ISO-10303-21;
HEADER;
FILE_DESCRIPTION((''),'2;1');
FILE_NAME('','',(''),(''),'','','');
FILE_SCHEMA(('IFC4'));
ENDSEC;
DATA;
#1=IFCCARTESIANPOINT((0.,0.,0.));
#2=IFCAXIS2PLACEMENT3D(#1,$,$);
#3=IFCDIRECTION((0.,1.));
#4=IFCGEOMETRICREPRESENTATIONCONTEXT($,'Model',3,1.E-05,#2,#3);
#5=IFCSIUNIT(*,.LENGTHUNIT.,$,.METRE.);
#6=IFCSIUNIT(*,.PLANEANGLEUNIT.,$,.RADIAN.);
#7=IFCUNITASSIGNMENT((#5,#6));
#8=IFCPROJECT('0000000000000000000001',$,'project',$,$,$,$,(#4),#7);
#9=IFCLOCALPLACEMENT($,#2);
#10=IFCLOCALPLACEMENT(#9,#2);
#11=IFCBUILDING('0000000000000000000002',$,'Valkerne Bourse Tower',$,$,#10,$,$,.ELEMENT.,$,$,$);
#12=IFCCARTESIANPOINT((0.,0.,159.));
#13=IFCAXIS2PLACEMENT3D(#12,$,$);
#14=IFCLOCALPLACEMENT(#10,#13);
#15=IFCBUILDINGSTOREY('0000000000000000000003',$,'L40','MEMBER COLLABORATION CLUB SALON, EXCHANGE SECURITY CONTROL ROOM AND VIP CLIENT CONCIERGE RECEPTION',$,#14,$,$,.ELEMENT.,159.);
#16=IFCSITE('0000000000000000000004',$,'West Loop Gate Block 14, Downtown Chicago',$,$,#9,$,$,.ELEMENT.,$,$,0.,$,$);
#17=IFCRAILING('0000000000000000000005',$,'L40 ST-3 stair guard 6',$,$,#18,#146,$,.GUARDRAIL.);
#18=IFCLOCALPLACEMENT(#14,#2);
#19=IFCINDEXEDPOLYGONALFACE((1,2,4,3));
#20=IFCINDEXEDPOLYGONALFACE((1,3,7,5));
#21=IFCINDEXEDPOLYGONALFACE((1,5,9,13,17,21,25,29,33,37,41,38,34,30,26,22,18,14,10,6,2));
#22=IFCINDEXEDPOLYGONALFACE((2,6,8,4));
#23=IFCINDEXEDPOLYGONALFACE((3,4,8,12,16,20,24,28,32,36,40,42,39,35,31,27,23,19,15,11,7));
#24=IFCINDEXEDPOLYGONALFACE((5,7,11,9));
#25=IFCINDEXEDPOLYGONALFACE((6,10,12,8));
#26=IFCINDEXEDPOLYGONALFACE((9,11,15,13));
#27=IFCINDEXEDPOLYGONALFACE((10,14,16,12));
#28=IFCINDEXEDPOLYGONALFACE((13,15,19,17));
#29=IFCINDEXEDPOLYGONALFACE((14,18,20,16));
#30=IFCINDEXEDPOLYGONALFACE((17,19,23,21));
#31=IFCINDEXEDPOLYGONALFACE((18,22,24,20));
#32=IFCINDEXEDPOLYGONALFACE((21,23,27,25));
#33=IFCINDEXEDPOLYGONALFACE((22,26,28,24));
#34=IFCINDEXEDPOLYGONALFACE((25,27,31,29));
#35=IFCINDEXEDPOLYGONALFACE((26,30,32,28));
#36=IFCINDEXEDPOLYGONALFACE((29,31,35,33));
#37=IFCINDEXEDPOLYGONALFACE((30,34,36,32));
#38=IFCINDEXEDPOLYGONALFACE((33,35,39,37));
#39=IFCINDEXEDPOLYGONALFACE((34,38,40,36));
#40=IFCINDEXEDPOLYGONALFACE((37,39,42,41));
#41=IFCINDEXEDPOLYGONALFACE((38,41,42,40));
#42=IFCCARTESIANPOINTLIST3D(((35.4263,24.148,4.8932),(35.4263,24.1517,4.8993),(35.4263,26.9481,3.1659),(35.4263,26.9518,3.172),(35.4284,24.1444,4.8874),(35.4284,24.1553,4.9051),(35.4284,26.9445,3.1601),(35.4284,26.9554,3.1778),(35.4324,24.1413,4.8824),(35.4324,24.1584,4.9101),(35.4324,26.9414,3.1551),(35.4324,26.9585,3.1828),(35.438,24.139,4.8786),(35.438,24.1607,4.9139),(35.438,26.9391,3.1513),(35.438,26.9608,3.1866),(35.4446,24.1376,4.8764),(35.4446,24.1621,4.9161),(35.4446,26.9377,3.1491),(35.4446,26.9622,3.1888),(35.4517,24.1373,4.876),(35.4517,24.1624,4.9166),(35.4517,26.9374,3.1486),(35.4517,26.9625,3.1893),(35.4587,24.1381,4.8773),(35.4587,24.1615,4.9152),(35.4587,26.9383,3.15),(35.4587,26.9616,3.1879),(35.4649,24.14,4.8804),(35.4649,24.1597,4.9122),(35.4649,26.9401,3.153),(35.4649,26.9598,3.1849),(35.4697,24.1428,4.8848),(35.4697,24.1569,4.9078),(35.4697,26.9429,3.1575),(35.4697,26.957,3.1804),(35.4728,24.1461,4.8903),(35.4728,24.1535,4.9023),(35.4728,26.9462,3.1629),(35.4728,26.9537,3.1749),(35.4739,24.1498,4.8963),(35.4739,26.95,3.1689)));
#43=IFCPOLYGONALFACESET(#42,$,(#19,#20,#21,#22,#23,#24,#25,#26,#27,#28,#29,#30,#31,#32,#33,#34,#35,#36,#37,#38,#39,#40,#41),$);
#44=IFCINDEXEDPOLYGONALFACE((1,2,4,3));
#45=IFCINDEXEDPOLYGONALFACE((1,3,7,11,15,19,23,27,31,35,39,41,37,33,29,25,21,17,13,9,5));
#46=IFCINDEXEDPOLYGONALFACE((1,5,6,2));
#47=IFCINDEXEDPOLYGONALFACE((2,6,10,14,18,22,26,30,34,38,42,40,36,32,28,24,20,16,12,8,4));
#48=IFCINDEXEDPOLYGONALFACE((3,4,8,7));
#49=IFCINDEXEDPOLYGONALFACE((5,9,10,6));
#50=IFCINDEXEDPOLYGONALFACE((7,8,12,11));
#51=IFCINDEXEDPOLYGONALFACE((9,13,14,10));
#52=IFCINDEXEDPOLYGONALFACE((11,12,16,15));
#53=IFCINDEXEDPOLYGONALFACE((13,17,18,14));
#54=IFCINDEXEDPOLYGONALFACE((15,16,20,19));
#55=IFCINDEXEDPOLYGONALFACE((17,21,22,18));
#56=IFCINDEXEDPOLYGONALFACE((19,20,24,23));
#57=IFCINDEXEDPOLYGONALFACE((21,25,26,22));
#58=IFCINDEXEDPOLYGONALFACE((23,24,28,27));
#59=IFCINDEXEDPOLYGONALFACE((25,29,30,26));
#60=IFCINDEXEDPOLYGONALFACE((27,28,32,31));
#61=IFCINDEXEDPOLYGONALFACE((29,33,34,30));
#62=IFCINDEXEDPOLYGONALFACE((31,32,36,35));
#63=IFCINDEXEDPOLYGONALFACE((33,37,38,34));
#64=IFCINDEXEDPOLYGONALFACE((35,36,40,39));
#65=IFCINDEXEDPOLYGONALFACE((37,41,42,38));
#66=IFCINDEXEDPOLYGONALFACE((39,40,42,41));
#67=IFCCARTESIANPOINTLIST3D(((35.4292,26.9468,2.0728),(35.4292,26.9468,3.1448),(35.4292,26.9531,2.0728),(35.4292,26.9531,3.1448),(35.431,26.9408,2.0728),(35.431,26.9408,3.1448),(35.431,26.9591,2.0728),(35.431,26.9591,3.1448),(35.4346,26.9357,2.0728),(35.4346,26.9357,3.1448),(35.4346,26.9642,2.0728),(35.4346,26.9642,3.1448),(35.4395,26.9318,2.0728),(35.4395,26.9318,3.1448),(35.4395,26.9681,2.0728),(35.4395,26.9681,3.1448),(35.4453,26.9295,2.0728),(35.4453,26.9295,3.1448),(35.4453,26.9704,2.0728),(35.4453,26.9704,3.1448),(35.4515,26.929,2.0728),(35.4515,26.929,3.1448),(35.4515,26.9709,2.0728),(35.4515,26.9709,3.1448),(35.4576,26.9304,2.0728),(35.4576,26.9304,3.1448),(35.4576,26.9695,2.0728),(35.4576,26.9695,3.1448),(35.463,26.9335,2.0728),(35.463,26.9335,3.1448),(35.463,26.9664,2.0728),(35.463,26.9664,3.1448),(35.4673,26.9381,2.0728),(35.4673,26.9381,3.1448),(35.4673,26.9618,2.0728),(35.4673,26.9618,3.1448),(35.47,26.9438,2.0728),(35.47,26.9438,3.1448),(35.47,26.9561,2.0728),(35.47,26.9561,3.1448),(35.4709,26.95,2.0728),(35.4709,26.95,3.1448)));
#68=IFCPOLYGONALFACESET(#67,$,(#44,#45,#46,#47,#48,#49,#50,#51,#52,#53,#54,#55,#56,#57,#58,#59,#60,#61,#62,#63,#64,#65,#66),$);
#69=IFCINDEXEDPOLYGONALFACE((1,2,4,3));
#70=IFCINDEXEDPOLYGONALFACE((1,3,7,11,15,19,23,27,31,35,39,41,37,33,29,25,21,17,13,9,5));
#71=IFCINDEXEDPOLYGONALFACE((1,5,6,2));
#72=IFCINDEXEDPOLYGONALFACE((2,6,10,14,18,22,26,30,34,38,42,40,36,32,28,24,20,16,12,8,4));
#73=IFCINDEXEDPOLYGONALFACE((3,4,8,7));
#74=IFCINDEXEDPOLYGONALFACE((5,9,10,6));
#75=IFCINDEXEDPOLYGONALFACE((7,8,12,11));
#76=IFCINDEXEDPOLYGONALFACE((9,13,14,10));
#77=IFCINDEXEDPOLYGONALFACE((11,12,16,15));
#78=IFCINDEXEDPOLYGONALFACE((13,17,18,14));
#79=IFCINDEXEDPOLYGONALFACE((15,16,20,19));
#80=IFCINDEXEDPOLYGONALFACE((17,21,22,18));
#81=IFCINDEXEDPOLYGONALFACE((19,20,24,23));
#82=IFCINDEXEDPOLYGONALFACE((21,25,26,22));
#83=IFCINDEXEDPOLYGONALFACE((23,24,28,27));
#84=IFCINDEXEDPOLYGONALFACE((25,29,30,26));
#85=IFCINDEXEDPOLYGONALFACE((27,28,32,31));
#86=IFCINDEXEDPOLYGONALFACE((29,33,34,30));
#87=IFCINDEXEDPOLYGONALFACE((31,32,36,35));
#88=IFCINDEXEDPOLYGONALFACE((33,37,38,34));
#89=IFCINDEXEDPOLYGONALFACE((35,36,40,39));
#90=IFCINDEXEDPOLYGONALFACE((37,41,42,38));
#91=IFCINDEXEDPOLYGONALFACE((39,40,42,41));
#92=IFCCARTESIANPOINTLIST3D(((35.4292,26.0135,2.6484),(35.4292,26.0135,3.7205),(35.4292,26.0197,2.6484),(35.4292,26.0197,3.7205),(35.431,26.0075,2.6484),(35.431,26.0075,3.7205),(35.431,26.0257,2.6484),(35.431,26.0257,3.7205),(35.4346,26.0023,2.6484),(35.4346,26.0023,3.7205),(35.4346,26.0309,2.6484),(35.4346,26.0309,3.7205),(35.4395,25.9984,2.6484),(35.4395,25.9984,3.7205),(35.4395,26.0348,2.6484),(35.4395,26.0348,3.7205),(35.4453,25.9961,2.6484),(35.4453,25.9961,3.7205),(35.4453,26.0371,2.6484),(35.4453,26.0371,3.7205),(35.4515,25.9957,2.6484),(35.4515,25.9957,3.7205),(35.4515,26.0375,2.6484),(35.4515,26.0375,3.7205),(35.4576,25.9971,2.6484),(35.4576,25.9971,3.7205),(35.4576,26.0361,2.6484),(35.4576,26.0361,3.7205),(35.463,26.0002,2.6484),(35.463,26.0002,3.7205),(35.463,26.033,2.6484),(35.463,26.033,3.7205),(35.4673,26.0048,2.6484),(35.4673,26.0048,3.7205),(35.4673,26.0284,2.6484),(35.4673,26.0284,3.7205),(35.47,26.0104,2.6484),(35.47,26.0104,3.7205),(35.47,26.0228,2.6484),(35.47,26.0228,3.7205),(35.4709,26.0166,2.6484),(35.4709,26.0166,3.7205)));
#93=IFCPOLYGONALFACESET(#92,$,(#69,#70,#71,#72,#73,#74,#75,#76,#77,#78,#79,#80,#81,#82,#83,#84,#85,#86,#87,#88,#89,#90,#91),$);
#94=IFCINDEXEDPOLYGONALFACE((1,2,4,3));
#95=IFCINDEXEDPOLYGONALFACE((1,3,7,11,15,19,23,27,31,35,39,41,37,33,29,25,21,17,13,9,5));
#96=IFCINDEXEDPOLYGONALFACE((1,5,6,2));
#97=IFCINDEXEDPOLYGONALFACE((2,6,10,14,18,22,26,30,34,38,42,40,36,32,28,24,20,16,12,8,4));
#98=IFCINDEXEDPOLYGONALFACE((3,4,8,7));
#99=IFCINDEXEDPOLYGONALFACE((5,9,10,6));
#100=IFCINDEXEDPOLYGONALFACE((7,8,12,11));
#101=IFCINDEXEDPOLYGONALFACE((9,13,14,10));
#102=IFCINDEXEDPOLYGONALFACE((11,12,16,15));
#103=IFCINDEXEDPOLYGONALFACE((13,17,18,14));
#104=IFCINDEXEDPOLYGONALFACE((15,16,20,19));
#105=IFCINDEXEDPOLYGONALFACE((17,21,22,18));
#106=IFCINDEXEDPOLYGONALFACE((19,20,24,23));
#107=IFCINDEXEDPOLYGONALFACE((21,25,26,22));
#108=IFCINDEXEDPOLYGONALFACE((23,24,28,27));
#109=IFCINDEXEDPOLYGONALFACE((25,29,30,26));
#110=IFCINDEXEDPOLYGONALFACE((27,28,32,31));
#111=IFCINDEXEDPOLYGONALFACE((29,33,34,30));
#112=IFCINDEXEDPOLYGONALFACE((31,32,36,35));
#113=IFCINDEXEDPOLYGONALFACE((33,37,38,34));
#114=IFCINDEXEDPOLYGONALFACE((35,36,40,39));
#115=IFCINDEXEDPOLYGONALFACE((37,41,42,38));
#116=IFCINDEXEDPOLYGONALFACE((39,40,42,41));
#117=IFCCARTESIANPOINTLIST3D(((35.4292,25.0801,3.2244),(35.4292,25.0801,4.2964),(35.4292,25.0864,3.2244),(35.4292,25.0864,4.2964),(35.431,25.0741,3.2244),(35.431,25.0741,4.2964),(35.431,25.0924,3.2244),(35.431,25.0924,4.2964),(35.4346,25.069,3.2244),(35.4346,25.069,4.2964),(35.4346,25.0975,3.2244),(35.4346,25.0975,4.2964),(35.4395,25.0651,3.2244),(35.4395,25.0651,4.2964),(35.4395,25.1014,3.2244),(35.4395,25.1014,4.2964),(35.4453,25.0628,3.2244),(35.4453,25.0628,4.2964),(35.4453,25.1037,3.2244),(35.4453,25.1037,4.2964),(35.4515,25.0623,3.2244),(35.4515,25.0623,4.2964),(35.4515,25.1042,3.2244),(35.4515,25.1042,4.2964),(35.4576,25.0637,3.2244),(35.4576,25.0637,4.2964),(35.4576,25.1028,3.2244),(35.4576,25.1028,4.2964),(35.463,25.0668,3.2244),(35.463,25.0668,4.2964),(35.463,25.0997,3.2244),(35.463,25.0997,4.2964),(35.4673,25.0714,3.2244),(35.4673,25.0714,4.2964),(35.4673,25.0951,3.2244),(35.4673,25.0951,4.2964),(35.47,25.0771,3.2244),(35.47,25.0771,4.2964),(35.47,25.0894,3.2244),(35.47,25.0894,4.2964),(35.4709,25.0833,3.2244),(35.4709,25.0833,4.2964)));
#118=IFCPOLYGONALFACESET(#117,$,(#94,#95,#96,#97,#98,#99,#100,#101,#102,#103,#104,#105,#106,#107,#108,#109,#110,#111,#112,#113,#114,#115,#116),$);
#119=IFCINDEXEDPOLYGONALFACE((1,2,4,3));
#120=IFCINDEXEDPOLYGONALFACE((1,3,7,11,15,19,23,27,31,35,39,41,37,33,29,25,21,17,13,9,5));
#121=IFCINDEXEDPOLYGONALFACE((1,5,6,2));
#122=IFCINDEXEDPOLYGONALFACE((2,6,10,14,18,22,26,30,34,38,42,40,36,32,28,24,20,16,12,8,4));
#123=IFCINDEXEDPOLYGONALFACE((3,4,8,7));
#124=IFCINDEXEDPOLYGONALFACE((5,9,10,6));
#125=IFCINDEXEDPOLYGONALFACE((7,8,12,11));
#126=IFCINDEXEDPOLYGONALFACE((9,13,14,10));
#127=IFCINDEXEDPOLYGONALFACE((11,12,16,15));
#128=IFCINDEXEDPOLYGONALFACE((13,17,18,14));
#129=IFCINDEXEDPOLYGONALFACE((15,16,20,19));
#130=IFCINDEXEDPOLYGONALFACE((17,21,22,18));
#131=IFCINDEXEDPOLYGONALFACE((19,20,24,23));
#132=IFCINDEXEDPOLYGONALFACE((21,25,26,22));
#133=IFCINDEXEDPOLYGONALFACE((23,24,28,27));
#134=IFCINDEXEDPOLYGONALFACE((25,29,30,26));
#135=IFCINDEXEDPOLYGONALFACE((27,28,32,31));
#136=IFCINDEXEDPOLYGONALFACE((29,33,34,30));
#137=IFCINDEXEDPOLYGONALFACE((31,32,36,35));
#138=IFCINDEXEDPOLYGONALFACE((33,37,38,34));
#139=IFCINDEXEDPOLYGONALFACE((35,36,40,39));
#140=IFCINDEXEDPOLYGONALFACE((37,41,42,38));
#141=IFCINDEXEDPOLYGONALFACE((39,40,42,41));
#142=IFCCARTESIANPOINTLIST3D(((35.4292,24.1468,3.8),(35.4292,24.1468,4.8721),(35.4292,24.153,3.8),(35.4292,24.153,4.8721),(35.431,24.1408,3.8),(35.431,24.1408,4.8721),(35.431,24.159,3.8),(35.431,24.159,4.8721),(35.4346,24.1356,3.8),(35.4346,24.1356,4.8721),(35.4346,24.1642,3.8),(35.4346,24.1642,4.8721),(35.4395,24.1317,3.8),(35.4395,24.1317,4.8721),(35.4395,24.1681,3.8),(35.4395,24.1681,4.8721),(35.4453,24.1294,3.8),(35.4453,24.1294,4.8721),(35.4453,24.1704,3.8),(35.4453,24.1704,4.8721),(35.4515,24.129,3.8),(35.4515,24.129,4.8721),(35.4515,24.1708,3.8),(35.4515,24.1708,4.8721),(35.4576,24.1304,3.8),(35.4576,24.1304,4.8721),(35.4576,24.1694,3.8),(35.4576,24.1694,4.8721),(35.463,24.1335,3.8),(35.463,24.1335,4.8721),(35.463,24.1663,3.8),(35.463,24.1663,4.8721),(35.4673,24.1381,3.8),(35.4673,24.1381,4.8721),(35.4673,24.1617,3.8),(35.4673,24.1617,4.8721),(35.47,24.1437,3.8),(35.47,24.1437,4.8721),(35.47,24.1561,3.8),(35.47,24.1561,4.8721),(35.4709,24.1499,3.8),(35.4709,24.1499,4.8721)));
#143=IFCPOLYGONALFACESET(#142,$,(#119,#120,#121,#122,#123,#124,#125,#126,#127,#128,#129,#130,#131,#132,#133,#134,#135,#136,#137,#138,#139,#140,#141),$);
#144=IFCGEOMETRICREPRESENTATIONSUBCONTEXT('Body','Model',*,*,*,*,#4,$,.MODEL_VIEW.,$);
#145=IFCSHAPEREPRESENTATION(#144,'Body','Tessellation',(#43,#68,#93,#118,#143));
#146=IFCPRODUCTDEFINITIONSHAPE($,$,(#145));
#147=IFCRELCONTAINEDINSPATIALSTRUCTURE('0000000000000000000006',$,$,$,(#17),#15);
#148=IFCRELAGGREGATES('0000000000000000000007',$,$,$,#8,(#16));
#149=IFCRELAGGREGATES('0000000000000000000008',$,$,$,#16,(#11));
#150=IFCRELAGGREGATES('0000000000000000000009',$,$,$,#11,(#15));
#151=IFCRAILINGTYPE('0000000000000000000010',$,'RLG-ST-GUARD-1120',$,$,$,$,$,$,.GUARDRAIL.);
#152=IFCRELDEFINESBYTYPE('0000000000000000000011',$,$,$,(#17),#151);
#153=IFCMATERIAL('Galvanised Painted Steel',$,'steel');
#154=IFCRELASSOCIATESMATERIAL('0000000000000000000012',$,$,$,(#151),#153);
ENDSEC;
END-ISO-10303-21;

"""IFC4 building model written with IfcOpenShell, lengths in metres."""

from ifc_helpers import new_model, si_unit, direction, frame, origin, origin_2d, place, context, subcontext, project, spatial, circle, extrude, material, type_object, element, save


model = new_model("IFC4")

# Units and contexts
model_context = context("Model", 3, precision=1e-05, world=origin(), true_north=direction((0.0, 1.0)))
body_context = subcontext(model_context, "Body", "Model", "MODEL_VIEW")
ifc_project = project(units=[si_unit("LENGTHUNIT", "METRE"), si_unit("PLANEANGLEUNIT", "RADIAN")], contexts=[model_context])

# Site, building, storey
site_placement = place(None, origin())
site = spatial("IfcSite", under=ifc_project, at=site_placement, Name="West Loop Gate Block 14, Downtown Chicago", CompositionType="ELEMENT", RefElevation=0.0)
building_placement = place(site_placement, origin())
building = spatial("IfcBuilding", under=site, at=building_placement, Name="Valkerne Bourse Tower", CompositionType="ELEMENT")
storey_placement = place(building_placement, frame((0.0, 0.0, 159.0)))
storey = spatial("IfcBuildingStorey", under=building, at=storey_placement, Name="L40", Description="MEMBER COLLABORATION CLUB SALON, EXCHANGE SECURITY CONTROL ROOM AND VIP CLIENT CONCIERGE RECEPTION", CompositionType="ELEMENT", Elevation=159.0)

# Railing
ifc_material_1 = material(Name="Galvanised Painted Steel", Category="steel")
railing_type_1 = type_object("IfcRailingType", Name="RLG-ST-GUARD-1120", PredefinedType="GUARDRAIL", material=ifc_material_1)
railing_1_placement = place(storey_placement, frame((35.45, 26.95, 2.0728)))
element("IfcRailing", 1, at=railing_1_placement, inside=storey, type_object=railing_type_1, Name="L40 ST-3 stair guard 6", PredefinedType="GUARDRAIL", context=body_context, shape_type="SweptSolid", body=[
    extrude(circle(Radius=0.0239, at=origin_2d()), frame((0.0, 0.0, 1.0962), z_axis=(0.0, -0.85109, 0.52502), x_axis=(1.0, 0.0, 0.0)), (0.0, 0.0, 1.0), 3.29),
    extrude(circle(Radius=0.021, at=origin_2d()), origin(), (0.0, 0.0, 1.0), 1.072),
    extrude(circle(Radius=0.021, at=origin_2d()), frame((0.0, -0.9333, 0.5757)), (0.0, 0.0, 1.0), 1.072),
    extrude(circle(Radius=0.021, at=origin_2d()), frame((0.0, -1.8667, 1.1516)), (0.0, 0.0, 1.0), 1.072),
    extrude(circle(Radius=0.021, at=origin_2d()), frame((0.0, -2.8, 1.7273)), (0.0, 0.0, 1.0), 1.072),
])

save(model, "model.ifc")
